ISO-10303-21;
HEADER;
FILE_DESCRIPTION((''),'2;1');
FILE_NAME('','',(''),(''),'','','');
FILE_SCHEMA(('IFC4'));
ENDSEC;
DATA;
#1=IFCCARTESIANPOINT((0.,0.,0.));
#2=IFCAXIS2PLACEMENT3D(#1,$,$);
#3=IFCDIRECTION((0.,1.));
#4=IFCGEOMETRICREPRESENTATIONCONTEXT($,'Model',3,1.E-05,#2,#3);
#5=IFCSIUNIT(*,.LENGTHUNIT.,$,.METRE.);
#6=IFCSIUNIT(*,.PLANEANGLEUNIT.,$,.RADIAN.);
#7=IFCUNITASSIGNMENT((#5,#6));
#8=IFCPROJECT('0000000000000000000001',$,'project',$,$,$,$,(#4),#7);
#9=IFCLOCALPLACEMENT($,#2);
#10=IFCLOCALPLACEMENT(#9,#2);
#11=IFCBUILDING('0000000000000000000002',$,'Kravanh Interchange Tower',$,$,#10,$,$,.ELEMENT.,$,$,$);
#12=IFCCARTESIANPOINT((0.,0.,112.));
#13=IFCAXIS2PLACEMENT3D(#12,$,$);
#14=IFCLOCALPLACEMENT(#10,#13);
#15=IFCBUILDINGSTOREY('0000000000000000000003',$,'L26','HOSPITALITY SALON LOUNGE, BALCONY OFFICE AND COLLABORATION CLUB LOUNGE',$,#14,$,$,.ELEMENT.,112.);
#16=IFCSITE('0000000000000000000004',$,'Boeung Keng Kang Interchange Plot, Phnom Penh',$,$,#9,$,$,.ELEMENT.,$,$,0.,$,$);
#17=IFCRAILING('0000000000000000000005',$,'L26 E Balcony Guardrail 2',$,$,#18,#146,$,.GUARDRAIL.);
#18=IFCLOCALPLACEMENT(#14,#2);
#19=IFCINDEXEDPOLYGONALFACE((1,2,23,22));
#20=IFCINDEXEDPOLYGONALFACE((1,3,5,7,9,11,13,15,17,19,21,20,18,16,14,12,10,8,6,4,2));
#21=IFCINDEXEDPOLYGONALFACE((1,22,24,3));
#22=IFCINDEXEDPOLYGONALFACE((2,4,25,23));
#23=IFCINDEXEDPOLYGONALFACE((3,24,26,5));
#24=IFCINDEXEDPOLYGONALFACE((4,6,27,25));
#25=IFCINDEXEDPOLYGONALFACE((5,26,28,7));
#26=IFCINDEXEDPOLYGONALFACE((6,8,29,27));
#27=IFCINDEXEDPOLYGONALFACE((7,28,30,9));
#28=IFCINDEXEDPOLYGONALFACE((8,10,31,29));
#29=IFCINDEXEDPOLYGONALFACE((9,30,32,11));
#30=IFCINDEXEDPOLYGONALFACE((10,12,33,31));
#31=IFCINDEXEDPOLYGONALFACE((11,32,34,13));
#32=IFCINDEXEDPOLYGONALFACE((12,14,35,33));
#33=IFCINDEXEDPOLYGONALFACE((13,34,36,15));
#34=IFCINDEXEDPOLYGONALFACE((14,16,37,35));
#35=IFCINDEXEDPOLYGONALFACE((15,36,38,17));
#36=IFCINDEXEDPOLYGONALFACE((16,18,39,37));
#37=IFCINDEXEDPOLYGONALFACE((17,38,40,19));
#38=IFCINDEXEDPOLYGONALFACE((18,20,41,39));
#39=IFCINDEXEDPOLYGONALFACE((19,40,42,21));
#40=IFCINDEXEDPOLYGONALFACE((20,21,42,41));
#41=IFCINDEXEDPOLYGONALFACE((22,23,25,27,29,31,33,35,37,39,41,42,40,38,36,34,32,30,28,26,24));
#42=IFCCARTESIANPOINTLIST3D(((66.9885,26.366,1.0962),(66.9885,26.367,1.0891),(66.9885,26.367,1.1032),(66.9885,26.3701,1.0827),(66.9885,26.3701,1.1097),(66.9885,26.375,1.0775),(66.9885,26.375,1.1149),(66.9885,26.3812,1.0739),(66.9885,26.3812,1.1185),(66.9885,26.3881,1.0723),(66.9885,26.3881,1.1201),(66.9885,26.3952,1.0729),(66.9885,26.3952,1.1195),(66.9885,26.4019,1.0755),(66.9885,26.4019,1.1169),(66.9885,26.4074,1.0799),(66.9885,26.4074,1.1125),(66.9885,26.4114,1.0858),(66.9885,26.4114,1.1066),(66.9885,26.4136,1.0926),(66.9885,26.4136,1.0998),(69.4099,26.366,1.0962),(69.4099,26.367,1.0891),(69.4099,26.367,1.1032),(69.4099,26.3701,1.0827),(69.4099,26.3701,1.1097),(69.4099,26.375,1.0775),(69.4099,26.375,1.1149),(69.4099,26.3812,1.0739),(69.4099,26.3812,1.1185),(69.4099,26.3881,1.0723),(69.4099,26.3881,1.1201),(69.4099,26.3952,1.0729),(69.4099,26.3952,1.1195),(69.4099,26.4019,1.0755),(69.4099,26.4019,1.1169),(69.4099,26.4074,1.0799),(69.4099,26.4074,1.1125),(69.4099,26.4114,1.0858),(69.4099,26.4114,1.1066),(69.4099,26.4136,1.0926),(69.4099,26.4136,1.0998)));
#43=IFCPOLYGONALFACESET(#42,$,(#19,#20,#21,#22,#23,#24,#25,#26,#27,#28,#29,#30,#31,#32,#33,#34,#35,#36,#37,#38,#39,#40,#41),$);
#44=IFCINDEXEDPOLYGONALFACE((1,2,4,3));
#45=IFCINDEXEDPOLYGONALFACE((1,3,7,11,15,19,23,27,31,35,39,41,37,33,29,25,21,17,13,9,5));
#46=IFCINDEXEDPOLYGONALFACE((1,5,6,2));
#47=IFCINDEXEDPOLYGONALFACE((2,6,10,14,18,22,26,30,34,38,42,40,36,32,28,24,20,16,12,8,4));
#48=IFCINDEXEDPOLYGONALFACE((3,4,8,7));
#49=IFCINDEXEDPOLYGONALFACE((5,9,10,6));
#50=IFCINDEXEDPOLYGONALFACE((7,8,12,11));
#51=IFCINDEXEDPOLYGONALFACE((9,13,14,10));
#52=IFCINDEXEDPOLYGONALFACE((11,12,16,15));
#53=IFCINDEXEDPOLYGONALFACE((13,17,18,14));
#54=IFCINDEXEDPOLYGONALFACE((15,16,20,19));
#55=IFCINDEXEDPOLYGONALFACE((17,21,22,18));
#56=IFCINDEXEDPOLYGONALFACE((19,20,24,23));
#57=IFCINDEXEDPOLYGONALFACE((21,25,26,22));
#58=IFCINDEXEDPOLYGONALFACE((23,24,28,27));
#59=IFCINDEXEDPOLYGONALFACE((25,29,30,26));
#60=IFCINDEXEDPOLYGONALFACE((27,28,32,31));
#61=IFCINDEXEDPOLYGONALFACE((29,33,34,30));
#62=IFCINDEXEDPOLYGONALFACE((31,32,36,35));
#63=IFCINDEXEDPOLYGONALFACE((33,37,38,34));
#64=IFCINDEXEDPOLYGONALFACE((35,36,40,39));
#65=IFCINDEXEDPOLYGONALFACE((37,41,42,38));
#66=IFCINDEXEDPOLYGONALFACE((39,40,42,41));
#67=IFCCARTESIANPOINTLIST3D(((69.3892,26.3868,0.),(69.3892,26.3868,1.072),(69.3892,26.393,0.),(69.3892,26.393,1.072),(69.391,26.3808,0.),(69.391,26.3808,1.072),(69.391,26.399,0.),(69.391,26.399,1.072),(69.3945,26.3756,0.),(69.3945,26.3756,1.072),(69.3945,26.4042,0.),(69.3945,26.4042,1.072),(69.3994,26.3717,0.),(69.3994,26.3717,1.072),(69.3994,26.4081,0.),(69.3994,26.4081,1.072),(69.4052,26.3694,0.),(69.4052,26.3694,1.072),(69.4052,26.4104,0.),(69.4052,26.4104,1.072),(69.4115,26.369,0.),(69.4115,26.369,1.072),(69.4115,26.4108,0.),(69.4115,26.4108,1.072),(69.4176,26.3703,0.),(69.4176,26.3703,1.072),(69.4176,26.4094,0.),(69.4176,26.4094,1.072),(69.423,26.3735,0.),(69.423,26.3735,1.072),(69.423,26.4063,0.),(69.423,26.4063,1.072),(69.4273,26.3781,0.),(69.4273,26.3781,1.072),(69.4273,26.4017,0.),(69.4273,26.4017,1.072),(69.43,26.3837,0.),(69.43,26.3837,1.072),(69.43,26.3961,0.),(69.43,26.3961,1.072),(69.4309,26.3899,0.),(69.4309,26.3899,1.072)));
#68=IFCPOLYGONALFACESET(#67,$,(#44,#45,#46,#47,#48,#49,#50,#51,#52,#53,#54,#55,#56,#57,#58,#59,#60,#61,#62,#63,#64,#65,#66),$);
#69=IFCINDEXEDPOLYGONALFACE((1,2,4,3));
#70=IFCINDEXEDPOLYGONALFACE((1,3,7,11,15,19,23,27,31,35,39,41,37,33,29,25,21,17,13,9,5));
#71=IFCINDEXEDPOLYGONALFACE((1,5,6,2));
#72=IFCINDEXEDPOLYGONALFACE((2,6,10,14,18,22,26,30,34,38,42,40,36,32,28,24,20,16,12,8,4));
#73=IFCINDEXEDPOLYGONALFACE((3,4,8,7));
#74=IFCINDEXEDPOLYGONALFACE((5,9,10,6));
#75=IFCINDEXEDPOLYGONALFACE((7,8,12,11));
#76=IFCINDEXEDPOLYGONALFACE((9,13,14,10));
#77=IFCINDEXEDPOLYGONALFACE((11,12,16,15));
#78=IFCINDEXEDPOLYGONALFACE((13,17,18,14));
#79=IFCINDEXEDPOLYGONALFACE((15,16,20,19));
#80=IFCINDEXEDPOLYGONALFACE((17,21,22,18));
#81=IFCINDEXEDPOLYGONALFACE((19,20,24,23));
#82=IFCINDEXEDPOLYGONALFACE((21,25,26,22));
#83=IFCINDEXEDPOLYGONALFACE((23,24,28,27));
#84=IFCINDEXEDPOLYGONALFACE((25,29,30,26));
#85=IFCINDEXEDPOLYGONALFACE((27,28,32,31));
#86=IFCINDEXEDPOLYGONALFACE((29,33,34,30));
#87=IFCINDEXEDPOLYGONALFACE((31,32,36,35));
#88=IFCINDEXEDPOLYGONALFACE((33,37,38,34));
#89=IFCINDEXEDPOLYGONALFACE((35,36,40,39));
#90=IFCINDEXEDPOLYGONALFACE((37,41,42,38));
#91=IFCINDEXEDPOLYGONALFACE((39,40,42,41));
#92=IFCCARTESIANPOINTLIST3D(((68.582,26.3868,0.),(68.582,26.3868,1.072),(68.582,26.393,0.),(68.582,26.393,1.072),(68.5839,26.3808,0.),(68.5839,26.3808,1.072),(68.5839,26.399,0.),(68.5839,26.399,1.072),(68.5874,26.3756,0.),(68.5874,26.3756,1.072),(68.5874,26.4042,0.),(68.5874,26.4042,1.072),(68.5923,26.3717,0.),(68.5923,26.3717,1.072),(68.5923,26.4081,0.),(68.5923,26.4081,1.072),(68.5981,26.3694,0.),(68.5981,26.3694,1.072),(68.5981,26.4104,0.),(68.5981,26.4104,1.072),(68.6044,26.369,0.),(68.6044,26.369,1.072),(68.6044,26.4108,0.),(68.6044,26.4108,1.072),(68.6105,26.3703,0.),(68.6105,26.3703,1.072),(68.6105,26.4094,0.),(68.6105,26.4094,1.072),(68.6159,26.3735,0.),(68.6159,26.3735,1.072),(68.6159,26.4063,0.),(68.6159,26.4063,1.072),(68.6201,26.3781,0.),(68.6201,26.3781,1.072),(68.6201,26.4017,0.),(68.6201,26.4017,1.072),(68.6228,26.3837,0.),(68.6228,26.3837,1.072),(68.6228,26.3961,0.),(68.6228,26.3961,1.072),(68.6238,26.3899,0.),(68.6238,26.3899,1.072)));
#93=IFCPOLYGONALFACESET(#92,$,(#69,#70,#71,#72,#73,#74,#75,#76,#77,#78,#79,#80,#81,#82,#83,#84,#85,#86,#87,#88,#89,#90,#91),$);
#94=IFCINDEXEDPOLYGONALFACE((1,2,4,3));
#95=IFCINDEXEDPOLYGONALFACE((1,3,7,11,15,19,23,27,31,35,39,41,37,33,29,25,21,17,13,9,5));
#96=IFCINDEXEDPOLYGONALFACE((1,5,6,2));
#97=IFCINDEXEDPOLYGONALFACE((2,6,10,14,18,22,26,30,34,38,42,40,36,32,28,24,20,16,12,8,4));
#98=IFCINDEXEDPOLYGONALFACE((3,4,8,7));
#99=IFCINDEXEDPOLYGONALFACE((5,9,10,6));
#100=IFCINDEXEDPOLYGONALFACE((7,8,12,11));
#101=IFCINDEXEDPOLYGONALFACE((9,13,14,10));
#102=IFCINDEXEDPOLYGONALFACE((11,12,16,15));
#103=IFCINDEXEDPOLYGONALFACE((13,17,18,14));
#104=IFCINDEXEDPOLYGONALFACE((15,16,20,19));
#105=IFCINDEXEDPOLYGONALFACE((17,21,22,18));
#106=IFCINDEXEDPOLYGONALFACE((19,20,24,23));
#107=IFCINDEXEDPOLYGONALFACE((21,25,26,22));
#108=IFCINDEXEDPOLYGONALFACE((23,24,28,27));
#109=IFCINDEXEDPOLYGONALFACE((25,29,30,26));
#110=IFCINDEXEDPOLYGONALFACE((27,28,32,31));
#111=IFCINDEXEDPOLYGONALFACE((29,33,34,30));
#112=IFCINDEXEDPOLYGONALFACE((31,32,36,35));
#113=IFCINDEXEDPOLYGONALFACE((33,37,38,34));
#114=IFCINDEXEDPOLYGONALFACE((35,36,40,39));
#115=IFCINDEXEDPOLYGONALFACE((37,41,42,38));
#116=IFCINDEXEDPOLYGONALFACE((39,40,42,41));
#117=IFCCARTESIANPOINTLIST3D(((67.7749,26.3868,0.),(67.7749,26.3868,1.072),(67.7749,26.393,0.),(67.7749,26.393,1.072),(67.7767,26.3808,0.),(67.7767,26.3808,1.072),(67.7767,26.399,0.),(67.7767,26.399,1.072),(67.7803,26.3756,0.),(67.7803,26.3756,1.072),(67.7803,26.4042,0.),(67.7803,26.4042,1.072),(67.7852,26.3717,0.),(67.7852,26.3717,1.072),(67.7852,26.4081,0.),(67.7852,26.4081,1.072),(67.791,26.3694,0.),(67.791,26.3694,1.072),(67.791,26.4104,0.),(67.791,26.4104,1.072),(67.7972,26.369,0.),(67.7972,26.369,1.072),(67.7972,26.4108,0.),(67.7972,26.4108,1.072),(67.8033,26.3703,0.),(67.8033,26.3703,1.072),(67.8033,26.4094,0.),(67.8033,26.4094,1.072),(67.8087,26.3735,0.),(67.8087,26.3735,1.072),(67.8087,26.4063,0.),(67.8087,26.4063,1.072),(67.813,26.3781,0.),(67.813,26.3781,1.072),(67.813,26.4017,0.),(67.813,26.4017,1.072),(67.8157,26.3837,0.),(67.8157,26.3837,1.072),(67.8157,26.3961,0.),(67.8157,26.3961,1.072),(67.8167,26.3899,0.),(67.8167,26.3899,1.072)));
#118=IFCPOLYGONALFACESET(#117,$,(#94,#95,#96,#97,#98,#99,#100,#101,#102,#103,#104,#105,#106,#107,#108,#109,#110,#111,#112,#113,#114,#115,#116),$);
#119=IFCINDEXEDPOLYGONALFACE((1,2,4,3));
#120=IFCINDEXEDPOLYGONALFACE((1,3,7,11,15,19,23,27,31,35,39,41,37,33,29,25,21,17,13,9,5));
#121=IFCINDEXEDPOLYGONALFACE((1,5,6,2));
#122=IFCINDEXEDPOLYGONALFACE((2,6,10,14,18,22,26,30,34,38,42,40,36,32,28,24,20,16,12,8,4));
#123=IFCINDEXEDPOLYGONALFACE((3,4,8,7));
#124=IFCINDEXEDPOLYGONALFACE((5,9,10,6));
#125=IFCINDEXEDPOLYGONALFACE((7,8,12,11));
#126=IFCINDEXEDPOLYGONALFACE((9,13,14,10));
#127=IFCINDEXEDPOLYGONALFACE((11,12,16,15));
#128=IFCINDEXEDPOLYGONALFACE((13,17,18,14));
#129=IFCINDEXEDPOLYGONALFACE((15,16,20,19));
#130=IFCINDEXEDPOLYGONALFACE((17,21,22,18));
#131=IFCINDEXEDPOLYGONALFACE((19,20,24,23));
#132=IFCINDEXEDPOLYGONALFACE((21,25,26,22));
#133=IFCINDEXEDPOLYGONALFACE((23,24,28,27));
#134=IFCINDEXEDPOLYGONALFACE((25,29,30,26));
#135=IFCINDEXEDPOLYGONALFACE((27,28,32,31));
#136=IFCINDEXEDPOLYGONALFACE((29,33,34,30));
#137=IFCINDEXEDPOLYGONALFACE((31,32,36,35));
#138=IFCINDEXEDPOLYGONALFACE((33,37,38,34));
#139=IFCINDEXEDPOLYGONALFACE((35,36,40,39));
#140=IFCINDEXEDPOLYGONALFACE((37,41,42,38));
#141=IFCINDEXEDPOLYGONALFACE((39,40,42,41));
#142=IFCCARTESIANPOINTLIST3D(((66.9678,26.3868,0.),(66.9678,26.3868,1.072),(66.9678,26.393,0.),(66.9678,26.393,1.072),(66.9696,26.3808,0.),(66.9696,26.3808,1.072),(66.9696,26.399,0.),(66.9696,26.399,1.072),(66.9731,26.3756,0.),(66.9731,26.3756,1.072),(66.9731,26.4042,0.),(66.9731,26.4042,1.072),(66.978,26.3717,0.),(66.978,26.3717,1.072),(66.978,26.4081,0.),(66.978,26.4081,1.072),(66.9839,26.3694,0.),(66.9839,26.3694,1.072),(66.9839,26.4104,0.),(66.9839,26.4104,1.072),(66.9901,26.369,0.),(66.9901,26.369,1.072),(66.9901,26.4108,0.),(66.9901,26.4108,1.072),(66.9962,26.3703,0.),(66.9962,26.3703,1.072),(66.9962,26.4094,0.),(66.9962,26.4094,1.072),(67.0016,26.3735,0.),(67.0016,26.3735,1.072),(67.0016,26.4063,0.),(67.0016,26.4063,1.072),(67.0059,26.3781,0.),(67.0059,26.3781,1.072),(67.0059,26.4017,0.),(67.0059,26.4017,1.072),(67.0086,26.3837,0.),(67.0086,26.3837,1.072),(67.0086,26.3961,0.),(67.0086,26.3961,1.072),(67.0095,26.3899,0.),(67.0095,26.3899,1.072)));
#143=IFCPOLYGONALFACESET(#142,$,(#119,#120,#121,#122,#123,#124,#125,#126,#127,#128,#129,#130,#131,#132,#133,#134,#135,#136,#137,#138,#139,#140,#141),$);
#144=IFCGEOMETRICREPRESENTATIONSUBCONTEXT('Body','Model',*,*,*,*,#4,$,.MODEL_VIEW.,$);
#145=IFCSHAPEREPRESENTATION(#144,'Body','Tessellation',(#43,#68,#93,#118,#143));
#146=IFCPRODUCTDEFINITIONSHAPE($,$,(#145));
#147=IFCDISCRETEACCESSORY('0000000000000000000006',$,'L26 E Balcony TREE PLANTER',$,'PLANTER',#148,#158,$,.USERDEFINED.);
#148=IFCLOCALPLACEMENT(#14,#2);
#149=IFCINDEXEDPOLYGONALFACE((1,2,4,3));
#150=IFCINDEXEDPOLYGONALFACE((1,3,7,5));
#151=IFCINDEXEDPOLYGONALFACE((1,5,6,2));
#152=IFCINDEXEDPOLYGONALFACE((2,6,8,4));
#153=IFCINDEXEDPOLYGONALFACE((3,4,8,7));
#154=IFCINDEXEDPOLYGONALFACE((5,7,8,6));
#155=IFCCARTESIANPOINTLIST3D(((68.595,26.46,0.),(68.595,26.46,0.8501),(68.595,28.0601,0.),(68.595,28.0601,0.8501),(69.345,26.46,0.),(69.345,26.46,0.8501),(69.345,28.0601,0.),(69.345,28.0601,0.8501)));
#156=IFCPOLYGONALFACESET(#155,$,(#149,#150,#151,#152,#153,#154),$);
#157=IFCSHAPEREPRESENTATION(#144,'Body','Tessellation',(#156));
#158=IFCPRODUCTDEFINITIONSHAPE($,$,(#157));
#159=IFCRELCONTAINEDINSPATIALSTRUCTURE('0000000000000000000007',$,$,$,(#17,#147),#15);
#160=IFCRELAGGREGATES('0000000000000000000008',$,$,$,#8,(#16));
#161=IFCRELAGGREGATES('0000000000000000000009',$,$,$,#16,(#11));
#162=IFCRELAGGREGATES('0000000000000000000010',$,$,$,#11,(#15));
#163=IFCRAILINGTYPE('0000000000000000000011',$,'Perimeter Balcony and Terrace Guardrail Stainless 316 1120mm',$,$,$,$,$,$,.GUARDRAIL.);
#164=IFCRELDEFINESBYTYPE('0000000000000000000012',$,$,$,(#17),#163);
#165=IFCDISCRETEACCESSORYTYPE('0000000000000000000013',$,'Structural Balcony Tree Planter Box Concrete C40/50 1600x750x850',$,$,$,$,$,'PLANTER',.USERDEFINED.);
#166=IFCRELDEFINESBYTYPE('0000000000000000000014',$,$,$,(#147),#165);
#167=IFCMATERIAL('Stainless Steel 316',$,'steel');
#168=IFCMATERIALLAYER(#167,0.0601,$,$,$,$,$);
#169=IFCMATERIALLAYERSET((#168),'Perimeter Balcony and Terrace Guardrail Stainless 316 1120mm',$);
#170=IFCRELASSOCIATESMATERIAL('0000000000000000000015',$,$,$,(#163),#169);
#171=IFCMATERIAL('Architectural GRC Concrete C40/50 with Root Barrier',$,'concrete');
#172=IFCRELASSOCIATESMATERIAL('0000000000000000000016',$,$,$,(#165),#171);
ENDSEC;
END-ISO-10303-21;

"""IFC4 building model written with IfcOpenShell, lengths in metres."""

from ifc_helpers import new_model, si_unit, direction, frame, origin, origin_2d, place, context, subcontext, project, spatial, rectangle, circle, extrude, material, layer, layer_set, type_object, element, save


model = new_model("IFC4")

# Units and contexts
model_context = context("Model", 3, precision=1e-05, world=origin(), true_north=direction((0.0, 1.0)))
body_context = subcontext(model_context, "Body", "Model", "MODEL_VIEW")
ifc_project = project(units=[si_unit("LENGTHUNIT", "METRE"), si_unit("PLANEANGLEUNIT", "RADIAN")], contexts=[model_context])

# Site, building, storey
site_placement = place(None, origin())
site = spatial("IfcSite", under=ifc_project, at=site_placement, Name="Boeung Keng Kang Interchange Plot, Phnom Penh", CompositionType="ELEMENT", RefElevation=0.0)
building_placement = place(site_placement, origin())
building = spatial("IfcBuilding", under=site, at=building_placement, Name="Kravanh Interchange Tower", CompositionType="ELEMENT")
storey_placement = place(building_placement, frame((0.0, 0.0, 112.0)))
storey = spatial("IfcBuildingStorey", under=building, at=storey_placement, Name="L26", Description="HOSPITALITY SALON LOUNGE, BALCONY OFFICE AND COLLABORATION CLUB LOUNGE", CompositionType="ELEMENT", Elevation=112.0)

# Railing
ifc_material_1 = material(Name="Stainless Steel 316", Category="steel")
ifc_layer = layer(ifc_material_1, 0.0601)
ifc_layer_set = layer_set([ifc_layer], Name="Perimeter Balcony and Terrace Guardrail Stainless 316 1120mm")
railing_type = type_object("IfcRailingType", Name="Perimeter Balcony and Terrace Guardrail Stainless 316 1120mm", PredefinedType="GUARDRAIL", material=ifc_layer_set)
railing_placement = place(storey_placement, frame((69.4099, 26.3899, 0.0)))
element("IfcRailing", 1, at=railing_placement, inside=storey, type_object=railing_type, Name="L26 E Balcony Guardrail 2", PredefinedType="GUARDRAIL", context=body_context, shape_type="SweptSolid", body=[
    extrude(circle(Radius=0.0239, at=origin_2d()), frame((0.0, 0.0, 1.0962), z_axis=(-1.0, 0.0, 0.0), x_axis=(0.0, -1.0, 0.0)), (0.0, 0.0, 1.0), 2.4214),
    extrude(circle(Radius=0.021, at=origin_2d()), origin(), (0.0, 0.0, 1.0), 1.072),
    extrude(circle(Radius=0.021, at=origin_2d()), frame((-0.8071, 0.0, 0.0)), (0.0, 0.0, 1.0), 1.072),
    extrude(circle(Radius=0.021, at=origin_2d()), frame((-1.6143, 0.0, 0.0)), (0.0, 0.0, 1.0), 1.072),
    extrude(circle(Radius=0.021, at=origin_2d()), frame((-2.4214, 0.0, 0.0)), (0.0, 0.0, 1.0), 1.072),
])

# Discrete accessory
ifc_material_2 = material(Name="Architectural GRC Concrete C40/50 with Root Barrier", Category="concrete")
discrete_accessory_type = type_object("IfcDiscreteAccessoryType", Name="Structural Balcony Tree Planter Box Concrete C40/50 1600x750x850", ElementType="PLANTER", PredefinedType="USERDEFINED", material=ifc_material_2)
discrete_accessory_placement = place(storey_placement, frame((68.97, 27.26, 0.0), z_axis=(0.0, 0.0, 1.0), x_axis=(1.0, 0.0, 0.0)))
element("IfcDiscreteAccessory", 2, at=discrete_accessory_placement, inside=storey, type_object=discrete_accessory_type, Name="L26 E Balcony TREE PLANTER", ObjectType="PLANTER", PredefinedType="USERDEFINED", context=body_context, shape_type="SweptSolid", body=[
    extrude(rectangle(XDim=0.75, YDim=1.6001, at=origin_2d()), origin(), (0.0, 0.0, 1.0), 0.8501),
])

save(model, "model.ifc")
